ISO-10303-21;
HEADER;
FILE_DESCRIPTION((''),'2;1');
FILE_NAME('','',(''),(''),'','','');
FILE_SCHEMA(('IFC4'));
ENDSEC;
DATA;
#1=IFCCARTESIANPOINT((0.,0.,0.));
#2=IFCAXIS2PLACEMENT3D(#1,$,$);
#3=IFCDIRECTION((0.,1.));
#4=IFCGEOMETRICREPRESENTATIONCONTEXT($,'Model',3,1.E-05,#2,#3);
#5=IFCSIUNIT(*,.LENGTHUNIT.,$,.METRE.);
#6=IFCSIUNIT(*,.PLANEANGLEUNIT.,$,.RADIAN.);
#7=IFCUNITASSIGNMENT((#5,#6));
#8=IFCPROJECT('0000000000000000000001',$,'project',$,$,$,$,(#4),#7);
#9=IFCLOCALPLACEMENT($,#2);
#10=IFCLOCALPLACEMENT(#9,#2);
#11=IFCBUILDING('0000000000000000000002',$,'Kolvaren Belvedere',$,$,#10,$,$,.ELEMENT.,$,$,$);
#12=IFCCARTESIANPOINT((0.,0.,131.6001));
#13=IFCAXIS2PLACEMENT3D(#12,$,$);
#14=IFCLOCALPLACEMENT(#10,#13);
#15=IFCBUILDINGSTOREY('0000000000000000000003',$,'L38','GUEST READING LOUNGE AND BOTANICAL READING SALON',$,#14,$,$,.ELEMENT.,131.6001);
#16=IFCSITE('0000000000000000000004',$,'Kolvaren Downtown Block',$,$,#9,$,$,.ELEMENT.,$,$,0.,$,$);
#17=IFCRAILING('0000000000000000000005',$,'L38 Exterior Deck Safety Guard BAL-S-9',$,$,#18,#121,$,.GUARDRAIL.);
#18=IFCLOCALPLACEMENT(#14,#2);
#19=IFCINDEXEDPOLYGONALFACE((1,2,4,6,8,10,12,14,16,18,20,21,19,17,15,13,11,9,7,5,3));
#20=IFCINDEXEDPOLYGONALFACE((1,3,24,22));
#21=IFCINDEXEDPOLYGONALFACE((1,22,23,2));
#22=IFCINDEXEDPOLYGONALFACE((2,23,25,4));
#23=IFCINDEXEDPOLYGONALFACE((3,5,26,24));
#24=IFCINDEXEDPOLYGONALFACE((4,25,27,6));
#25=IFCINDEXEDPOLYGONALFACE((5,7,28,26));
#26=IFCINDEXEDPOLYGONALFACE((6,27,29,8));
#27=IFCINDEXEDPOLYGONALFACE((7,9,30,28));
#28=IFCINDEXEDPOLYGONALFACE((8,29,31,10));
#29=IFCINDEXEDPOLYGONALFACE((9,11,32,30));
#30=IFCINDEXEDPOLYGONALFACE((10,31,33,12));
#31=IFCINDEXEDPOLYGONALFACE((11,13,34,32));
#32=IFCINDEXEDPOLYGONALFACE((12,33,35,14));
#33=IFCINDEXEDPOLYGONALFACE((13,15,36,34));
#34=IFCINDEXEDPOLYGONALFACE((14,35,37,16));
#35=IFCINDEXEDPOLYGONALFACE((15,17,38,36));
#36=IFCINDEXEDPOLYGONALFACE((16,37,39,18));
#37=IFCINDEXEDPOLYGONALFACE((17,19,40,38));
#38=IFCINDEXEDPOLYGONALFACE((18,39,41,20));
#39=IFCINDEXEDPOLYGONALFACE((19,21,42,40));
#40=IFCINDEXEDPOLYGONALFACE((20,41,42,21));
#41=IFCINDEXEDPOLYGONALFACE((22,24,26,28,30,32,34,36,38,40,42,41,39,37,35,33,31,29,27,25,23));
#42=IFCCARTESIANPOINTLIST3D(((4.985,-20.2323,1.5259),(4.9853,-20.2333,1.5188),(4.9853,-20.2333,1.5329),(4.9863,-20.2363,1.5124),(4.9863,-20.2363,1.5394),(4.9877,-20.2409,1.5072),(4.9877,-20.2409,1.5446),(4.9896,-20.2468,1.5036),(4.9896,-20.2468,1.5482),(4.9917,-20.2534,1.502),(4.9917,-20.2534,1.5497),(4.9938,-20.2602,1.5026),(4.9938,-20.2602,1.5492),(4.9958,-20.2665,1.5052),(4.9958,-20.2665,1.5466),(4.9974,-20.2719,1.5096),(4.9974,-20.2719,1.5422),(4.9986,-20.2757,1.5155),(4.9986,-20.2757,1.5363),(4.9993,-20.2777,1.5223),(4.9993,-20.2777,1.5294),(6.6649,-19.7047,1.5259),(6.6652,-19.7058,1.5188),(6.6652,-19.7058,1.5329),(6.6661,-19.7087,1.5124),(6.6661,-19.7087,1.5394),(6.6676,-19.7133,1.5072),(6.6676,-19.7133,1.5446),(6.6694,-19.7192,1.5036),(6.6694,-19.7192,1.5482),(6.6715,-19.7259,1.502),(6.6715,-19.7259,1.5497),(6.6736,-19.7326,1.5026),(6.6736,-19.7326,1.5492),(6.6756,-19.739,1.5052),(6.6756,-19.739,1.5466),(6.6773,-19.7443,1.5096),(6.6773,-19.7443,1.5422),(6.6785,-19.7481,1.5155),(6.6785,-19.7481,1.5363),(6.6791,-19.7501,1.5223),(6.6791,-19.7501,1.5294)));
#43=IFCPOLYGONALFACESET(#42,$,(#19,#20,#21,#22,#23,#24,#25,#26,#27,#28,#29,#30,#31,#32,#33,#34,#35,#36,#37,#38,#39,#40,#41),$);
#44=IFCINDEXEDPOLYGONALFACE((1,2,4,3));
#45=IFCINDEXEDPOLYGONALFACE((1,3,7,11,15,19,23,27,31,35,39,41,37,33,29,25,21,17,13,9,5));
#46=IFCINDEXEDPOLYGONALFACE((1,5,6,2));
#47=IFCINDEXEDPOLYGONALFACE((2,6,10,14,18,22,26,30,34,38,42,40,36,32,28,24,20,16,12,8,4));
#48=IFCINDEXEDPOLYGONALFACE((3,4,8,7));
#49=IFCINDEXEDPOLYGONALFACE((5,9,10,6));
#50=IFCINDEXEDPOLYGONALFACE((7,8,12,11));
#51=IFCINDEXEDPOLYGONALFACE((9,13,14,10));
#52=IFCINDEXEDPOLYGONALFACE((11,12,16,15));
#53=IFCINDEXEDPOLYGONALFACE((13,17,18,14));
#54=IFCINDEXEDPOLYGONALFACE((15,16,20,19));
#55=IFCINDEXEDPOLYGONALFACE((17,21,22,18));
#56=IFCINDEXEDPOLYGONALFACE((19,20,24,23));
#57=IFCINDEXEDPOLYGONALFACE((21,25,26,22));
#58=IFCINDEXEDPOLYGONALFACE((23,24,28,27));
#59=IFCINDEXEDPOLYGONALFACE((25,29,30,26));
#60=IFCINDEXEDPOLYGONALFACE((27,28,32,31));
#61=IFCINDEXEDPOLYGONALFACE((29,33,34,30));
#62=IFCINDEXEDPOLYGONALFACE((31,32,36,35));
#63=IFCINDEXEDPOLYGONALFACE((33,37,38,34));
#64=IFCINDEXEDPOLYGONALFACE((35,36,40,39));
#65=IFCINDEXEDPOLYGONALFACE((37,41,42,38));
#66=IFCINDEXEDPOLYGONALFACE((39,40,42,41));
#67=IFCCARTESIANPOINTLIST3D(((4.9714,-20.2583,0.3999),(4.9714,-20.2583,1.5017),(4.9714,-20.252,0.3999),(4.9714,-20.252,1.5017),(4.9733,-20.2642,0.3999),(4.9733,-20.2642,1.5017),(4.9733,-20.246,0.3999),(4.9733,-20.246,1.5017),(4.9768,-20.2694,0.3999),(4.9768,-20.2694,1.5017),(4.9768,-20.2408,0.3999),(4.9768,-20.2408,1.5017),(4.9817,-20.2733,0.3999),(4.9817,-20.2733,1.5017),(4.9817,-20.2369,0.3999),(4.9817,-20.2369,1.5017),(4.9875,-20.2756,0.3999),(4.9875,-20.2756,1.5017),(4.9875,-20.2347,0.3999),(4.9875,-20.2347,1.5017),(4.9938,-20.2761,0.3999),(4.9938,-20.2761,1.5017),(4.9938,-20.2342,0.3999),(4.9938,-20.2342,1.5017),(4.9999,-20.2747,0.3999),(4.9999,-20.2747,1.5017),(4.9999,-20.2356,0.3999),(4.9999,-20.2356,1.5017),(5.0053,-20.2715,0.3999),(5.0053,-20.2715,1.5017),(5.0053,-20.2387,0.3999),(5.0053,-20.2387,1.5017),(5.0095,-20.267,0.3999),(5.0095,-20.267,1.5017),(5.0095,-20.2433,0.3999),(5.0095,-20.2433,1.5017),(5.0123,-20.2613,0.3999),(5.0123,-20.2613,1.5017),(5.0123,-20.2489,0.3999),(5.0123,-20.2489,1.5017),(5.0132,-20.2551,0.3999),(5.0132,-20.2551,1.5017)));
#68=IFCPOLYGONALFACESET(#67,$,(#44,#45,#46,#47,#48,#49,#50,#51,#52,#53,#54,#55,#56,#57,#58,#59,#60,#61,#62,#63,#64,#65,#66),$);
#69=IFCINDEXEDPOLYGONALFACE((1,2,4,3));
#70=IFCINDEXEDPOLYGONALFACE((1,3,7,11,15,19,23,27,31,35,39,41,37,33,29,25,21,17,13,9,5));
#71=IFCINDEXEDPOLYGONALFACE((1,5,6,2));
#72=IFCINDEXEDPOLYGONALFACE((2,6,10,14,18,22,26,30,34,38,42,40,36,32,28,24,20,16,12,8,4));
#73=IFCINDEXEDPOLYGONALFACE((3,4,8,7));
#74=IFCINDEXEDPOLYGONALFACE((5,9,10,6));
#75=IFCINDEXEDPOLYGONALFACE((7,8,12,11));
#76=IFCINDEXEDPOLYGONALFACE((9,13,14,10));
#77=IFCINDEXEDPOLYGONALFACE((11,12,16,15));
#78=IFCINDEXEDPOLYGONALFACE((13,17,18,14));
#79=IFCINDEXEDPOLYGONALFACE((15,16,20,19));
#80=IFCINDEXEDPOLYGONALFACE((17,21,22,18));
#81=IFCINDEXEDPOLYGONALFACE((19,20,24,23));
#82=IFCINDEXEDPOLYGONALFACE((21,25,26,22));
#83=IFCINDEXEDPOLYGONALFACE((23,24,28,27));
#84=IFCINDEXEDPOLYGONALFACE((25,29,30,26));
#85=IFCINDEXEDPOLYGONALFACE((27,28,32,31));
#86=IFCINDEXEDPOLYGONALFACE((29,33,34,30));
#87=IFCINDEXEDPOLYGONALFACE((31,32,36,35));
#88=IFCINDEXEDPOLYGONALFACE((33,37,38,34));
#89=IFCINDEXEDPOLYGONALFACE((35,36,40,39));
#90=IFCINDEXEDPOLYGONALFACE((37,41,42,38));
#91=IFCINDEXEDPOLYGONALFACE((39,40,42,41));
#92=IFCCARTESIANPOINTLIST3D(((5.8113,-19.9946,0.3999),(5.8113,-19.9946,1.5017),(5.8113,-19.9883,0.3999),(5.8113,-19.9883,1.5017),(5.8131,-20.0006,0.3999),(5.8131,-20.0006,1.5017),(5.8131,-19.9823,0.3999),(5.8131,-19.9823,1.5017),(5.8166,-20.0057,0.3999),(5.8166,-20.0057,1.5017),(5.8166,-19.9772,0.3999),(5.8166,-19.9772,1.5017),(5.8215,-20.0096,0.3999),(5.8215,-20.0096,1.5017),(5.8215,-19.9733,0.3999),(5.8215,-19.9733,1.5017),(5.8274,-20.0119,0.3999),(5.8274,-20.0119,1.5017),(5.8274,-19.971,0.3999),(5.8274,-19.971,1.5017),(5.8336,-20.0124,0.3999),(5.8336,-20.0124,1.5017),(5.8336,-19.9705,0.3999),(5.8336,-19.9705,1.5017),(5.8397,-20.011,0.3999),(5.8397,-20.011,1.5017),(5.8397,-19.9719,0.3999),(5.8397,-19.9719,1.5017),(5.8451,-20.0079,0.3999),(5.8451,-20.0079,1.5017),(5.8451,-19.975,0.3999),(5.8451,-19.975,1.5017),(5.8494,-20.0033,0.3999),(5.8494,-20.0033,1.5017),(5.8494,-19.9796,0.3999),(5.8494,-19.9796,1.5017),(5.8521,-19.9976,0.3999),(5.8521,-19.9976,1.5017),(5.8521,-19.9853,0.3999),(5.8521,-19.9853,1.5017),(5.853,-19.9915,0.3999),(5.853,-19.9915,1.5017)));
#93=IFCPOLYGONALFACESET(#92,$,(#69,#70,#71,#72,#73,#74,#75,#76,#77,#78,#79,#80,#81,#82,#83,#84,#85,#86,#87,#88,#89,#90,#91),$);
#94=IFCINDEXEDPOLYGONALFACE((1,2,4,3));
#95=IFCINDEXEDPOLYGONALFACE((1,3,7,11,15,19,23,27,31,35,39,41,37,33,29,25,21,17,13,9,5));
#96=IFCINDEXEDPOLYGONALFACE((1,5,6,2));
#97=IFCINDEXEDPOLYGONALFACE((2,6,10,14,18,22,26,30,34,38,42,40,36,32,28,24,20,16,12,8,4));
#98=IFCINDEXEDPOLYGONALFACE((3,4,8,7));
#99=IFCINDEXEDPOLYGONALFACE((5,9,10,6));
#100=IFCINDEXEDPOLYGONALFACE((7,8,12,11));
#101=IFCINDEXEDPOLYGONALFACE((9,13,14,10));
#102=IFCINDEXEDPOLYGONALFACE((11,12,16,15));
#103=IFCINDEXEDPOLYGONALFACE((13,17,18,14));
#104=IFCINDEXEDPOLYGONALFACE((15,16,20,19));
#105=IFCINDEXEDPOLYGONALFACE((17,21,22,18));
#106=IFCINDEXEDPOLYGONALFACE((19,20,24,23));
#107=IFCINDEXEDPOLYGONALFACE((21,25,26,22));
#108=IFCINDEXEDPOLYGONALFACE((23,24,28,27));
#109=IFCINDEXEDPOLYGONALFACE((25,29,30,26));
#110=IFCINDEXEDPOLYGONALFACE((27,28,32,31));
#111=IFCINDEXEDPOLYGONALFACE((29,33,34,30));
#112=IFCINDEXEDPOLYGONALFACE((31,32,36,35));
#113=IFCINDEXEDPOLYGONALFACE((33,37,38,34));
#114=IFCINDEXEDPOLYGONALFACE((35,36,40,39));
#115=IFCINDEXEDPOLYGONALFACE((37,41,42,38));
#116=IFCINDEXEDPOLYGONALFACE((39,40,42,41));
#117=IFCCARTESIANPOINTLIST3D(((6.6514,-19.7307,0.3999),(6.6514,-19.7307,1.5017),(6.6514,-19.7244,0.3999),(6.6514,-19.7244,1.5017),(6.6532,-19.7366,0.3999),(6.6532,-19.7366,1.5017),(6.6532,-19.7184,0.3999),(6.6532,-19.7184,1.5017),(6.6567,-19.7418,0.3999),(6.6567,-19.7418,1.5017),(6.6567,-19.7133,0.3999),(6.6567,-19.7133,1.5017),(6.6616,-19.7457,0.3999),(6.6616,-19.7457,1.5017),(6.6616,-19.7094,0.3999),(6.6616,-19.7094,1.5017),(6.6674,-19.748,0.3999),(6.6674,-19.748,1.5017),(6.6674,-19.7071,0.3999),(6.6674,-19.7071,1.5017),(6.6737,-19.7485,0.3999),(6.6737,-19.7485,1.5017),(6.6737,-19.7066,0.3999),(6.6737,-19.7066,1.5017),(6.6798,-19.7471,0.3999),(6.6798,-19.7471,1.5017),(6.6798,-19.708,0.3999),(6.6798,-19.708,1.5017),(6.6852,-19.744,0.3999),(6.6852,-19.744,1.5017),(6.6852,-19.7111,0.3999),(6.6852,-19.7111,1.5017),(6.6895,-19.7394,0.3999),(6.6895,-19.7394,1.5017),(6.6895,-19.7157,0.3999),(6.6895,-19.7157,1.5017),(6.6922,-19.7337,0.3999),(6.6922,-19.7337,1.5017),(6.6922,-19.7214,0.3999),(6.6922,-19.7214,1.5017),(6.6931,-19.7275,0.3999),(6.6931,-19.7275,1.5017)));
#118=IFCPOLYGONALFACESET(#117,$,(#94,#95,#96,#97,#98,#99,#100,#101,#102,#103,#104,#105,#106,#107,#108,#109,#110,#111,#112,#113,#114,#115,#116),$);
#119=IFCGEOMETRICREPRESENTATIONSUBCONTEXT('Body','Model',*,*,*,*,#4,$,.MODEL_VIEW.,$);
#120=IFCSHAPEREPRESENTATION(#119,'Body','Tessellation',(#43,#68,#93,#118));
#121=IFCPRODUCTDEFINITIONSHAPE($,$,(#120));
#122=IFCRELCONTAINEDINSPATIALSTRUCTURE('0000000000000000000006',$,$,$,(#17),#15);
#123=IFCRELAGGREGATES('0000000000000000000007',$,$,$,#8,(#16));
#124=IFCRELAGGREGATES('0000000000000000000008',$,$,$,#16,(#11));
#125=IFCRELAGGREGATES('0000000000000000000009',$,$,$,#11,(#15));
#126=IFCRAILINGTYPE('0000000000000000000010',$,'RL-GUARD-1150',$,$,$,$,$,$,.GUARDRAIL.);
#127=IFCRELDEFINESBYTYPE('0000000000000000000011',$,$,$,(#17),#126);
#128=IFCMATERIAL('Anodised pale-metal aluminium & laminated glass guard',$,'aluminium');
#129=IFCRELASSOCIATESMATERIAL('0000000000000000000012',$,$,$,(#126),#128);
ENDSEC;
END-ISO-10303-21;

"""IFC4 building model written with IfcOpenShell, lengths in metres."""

from ifc_helpers import new_model, si_unit, direction, frame, origin, origin_2d, place, context, subcontext, project, spatial, circle, extrude, material, type_object, element, save


model = new_model("IFC4")

# Units and contexts
model_context = context("Model", 3, precision=1e-05, world=origin(), true_north=direction((0.0, 1.0)))
body_context = subcontext(model_context, "Body", "Model", "MODEL_VIEW")
ifc_project = project(units=[si_unit("LENGTHUNIT", "METRE"), si_unit("PLANEANGLEUNIT", "RADIAN")], contexts=[model_context])

# Site, building, storey
site_placement = place(None, origin())
site = spatial("IfcSite", under=ifc_project, at=site_placement, Name="Kolvaren Downtown Block", CompositionType="ELEMENT", RefElevation=0.0)
building_placement = place(site_placement, origin())
building = spatial("IfcBuilding", under=site, at=building_placement, Name="Kolvaren Belvedere", CompositionType="ELEMENT")
storey_placement = place(building_placement, frame((0.0, 0.0, 131.6001)))
storey = spatial("IfcBuildingStorey", under=building, at=storey_placement, Name="L38", Description="GUEST READING LOUNGE AND BOTANICAL READING SALON", CompositionType="ELEMENT", Elevation=131.6001)

# Railing
ifc_material_1 = material(Name="Anodised pale-metal aluminium & laminated glass guard", Category="aluminium")
railing_type = type_object("IfcRailingType", Name="RL-GUARD-1150", PredefinedType="GUARDRAIL", material=ifc_material_1)
railing_1_placement = place(storey_placement, frame((4.9922, -20.2551, 0.3999)))
element("IfcRailing", 1, at=railing_1_placement, inside=storey, type_object=railing_type, Name="L38 Exterior Deck Safety Guard BAL-S-9", PredefinedType="GUARDRAIL", context=body_context, shape_type="SweptSolid", body=[
    extrude(circle(Radius=0.0239, at=origin_2d()), frame((0.0, 0.0, 1.126), z_axis=(0.954057, 0.299625, 0.0), x_axis=(-0.299625, 0.954057, 0.0)), (0.0, 0.0, 1.0), 1.7607),
    extrude(circle(Radius=0.021, at=origin_2d()), origin(), (0.0, 0.0, 1.0), 1.1018),
    extrude(circle(Radius=0.021, at=origin_2d()), frame((0.8398, 0.2637, 0.0)), (0.0, 0.0, 1.0), 1.1018),
    extrude(circle(Radius=0.021, at=origin_2d()), frame((1.6799, 0.5276, 0.0)), (0.0, 0.0, 1.0), 1.1018),
])

save(model, "model.ifc")
